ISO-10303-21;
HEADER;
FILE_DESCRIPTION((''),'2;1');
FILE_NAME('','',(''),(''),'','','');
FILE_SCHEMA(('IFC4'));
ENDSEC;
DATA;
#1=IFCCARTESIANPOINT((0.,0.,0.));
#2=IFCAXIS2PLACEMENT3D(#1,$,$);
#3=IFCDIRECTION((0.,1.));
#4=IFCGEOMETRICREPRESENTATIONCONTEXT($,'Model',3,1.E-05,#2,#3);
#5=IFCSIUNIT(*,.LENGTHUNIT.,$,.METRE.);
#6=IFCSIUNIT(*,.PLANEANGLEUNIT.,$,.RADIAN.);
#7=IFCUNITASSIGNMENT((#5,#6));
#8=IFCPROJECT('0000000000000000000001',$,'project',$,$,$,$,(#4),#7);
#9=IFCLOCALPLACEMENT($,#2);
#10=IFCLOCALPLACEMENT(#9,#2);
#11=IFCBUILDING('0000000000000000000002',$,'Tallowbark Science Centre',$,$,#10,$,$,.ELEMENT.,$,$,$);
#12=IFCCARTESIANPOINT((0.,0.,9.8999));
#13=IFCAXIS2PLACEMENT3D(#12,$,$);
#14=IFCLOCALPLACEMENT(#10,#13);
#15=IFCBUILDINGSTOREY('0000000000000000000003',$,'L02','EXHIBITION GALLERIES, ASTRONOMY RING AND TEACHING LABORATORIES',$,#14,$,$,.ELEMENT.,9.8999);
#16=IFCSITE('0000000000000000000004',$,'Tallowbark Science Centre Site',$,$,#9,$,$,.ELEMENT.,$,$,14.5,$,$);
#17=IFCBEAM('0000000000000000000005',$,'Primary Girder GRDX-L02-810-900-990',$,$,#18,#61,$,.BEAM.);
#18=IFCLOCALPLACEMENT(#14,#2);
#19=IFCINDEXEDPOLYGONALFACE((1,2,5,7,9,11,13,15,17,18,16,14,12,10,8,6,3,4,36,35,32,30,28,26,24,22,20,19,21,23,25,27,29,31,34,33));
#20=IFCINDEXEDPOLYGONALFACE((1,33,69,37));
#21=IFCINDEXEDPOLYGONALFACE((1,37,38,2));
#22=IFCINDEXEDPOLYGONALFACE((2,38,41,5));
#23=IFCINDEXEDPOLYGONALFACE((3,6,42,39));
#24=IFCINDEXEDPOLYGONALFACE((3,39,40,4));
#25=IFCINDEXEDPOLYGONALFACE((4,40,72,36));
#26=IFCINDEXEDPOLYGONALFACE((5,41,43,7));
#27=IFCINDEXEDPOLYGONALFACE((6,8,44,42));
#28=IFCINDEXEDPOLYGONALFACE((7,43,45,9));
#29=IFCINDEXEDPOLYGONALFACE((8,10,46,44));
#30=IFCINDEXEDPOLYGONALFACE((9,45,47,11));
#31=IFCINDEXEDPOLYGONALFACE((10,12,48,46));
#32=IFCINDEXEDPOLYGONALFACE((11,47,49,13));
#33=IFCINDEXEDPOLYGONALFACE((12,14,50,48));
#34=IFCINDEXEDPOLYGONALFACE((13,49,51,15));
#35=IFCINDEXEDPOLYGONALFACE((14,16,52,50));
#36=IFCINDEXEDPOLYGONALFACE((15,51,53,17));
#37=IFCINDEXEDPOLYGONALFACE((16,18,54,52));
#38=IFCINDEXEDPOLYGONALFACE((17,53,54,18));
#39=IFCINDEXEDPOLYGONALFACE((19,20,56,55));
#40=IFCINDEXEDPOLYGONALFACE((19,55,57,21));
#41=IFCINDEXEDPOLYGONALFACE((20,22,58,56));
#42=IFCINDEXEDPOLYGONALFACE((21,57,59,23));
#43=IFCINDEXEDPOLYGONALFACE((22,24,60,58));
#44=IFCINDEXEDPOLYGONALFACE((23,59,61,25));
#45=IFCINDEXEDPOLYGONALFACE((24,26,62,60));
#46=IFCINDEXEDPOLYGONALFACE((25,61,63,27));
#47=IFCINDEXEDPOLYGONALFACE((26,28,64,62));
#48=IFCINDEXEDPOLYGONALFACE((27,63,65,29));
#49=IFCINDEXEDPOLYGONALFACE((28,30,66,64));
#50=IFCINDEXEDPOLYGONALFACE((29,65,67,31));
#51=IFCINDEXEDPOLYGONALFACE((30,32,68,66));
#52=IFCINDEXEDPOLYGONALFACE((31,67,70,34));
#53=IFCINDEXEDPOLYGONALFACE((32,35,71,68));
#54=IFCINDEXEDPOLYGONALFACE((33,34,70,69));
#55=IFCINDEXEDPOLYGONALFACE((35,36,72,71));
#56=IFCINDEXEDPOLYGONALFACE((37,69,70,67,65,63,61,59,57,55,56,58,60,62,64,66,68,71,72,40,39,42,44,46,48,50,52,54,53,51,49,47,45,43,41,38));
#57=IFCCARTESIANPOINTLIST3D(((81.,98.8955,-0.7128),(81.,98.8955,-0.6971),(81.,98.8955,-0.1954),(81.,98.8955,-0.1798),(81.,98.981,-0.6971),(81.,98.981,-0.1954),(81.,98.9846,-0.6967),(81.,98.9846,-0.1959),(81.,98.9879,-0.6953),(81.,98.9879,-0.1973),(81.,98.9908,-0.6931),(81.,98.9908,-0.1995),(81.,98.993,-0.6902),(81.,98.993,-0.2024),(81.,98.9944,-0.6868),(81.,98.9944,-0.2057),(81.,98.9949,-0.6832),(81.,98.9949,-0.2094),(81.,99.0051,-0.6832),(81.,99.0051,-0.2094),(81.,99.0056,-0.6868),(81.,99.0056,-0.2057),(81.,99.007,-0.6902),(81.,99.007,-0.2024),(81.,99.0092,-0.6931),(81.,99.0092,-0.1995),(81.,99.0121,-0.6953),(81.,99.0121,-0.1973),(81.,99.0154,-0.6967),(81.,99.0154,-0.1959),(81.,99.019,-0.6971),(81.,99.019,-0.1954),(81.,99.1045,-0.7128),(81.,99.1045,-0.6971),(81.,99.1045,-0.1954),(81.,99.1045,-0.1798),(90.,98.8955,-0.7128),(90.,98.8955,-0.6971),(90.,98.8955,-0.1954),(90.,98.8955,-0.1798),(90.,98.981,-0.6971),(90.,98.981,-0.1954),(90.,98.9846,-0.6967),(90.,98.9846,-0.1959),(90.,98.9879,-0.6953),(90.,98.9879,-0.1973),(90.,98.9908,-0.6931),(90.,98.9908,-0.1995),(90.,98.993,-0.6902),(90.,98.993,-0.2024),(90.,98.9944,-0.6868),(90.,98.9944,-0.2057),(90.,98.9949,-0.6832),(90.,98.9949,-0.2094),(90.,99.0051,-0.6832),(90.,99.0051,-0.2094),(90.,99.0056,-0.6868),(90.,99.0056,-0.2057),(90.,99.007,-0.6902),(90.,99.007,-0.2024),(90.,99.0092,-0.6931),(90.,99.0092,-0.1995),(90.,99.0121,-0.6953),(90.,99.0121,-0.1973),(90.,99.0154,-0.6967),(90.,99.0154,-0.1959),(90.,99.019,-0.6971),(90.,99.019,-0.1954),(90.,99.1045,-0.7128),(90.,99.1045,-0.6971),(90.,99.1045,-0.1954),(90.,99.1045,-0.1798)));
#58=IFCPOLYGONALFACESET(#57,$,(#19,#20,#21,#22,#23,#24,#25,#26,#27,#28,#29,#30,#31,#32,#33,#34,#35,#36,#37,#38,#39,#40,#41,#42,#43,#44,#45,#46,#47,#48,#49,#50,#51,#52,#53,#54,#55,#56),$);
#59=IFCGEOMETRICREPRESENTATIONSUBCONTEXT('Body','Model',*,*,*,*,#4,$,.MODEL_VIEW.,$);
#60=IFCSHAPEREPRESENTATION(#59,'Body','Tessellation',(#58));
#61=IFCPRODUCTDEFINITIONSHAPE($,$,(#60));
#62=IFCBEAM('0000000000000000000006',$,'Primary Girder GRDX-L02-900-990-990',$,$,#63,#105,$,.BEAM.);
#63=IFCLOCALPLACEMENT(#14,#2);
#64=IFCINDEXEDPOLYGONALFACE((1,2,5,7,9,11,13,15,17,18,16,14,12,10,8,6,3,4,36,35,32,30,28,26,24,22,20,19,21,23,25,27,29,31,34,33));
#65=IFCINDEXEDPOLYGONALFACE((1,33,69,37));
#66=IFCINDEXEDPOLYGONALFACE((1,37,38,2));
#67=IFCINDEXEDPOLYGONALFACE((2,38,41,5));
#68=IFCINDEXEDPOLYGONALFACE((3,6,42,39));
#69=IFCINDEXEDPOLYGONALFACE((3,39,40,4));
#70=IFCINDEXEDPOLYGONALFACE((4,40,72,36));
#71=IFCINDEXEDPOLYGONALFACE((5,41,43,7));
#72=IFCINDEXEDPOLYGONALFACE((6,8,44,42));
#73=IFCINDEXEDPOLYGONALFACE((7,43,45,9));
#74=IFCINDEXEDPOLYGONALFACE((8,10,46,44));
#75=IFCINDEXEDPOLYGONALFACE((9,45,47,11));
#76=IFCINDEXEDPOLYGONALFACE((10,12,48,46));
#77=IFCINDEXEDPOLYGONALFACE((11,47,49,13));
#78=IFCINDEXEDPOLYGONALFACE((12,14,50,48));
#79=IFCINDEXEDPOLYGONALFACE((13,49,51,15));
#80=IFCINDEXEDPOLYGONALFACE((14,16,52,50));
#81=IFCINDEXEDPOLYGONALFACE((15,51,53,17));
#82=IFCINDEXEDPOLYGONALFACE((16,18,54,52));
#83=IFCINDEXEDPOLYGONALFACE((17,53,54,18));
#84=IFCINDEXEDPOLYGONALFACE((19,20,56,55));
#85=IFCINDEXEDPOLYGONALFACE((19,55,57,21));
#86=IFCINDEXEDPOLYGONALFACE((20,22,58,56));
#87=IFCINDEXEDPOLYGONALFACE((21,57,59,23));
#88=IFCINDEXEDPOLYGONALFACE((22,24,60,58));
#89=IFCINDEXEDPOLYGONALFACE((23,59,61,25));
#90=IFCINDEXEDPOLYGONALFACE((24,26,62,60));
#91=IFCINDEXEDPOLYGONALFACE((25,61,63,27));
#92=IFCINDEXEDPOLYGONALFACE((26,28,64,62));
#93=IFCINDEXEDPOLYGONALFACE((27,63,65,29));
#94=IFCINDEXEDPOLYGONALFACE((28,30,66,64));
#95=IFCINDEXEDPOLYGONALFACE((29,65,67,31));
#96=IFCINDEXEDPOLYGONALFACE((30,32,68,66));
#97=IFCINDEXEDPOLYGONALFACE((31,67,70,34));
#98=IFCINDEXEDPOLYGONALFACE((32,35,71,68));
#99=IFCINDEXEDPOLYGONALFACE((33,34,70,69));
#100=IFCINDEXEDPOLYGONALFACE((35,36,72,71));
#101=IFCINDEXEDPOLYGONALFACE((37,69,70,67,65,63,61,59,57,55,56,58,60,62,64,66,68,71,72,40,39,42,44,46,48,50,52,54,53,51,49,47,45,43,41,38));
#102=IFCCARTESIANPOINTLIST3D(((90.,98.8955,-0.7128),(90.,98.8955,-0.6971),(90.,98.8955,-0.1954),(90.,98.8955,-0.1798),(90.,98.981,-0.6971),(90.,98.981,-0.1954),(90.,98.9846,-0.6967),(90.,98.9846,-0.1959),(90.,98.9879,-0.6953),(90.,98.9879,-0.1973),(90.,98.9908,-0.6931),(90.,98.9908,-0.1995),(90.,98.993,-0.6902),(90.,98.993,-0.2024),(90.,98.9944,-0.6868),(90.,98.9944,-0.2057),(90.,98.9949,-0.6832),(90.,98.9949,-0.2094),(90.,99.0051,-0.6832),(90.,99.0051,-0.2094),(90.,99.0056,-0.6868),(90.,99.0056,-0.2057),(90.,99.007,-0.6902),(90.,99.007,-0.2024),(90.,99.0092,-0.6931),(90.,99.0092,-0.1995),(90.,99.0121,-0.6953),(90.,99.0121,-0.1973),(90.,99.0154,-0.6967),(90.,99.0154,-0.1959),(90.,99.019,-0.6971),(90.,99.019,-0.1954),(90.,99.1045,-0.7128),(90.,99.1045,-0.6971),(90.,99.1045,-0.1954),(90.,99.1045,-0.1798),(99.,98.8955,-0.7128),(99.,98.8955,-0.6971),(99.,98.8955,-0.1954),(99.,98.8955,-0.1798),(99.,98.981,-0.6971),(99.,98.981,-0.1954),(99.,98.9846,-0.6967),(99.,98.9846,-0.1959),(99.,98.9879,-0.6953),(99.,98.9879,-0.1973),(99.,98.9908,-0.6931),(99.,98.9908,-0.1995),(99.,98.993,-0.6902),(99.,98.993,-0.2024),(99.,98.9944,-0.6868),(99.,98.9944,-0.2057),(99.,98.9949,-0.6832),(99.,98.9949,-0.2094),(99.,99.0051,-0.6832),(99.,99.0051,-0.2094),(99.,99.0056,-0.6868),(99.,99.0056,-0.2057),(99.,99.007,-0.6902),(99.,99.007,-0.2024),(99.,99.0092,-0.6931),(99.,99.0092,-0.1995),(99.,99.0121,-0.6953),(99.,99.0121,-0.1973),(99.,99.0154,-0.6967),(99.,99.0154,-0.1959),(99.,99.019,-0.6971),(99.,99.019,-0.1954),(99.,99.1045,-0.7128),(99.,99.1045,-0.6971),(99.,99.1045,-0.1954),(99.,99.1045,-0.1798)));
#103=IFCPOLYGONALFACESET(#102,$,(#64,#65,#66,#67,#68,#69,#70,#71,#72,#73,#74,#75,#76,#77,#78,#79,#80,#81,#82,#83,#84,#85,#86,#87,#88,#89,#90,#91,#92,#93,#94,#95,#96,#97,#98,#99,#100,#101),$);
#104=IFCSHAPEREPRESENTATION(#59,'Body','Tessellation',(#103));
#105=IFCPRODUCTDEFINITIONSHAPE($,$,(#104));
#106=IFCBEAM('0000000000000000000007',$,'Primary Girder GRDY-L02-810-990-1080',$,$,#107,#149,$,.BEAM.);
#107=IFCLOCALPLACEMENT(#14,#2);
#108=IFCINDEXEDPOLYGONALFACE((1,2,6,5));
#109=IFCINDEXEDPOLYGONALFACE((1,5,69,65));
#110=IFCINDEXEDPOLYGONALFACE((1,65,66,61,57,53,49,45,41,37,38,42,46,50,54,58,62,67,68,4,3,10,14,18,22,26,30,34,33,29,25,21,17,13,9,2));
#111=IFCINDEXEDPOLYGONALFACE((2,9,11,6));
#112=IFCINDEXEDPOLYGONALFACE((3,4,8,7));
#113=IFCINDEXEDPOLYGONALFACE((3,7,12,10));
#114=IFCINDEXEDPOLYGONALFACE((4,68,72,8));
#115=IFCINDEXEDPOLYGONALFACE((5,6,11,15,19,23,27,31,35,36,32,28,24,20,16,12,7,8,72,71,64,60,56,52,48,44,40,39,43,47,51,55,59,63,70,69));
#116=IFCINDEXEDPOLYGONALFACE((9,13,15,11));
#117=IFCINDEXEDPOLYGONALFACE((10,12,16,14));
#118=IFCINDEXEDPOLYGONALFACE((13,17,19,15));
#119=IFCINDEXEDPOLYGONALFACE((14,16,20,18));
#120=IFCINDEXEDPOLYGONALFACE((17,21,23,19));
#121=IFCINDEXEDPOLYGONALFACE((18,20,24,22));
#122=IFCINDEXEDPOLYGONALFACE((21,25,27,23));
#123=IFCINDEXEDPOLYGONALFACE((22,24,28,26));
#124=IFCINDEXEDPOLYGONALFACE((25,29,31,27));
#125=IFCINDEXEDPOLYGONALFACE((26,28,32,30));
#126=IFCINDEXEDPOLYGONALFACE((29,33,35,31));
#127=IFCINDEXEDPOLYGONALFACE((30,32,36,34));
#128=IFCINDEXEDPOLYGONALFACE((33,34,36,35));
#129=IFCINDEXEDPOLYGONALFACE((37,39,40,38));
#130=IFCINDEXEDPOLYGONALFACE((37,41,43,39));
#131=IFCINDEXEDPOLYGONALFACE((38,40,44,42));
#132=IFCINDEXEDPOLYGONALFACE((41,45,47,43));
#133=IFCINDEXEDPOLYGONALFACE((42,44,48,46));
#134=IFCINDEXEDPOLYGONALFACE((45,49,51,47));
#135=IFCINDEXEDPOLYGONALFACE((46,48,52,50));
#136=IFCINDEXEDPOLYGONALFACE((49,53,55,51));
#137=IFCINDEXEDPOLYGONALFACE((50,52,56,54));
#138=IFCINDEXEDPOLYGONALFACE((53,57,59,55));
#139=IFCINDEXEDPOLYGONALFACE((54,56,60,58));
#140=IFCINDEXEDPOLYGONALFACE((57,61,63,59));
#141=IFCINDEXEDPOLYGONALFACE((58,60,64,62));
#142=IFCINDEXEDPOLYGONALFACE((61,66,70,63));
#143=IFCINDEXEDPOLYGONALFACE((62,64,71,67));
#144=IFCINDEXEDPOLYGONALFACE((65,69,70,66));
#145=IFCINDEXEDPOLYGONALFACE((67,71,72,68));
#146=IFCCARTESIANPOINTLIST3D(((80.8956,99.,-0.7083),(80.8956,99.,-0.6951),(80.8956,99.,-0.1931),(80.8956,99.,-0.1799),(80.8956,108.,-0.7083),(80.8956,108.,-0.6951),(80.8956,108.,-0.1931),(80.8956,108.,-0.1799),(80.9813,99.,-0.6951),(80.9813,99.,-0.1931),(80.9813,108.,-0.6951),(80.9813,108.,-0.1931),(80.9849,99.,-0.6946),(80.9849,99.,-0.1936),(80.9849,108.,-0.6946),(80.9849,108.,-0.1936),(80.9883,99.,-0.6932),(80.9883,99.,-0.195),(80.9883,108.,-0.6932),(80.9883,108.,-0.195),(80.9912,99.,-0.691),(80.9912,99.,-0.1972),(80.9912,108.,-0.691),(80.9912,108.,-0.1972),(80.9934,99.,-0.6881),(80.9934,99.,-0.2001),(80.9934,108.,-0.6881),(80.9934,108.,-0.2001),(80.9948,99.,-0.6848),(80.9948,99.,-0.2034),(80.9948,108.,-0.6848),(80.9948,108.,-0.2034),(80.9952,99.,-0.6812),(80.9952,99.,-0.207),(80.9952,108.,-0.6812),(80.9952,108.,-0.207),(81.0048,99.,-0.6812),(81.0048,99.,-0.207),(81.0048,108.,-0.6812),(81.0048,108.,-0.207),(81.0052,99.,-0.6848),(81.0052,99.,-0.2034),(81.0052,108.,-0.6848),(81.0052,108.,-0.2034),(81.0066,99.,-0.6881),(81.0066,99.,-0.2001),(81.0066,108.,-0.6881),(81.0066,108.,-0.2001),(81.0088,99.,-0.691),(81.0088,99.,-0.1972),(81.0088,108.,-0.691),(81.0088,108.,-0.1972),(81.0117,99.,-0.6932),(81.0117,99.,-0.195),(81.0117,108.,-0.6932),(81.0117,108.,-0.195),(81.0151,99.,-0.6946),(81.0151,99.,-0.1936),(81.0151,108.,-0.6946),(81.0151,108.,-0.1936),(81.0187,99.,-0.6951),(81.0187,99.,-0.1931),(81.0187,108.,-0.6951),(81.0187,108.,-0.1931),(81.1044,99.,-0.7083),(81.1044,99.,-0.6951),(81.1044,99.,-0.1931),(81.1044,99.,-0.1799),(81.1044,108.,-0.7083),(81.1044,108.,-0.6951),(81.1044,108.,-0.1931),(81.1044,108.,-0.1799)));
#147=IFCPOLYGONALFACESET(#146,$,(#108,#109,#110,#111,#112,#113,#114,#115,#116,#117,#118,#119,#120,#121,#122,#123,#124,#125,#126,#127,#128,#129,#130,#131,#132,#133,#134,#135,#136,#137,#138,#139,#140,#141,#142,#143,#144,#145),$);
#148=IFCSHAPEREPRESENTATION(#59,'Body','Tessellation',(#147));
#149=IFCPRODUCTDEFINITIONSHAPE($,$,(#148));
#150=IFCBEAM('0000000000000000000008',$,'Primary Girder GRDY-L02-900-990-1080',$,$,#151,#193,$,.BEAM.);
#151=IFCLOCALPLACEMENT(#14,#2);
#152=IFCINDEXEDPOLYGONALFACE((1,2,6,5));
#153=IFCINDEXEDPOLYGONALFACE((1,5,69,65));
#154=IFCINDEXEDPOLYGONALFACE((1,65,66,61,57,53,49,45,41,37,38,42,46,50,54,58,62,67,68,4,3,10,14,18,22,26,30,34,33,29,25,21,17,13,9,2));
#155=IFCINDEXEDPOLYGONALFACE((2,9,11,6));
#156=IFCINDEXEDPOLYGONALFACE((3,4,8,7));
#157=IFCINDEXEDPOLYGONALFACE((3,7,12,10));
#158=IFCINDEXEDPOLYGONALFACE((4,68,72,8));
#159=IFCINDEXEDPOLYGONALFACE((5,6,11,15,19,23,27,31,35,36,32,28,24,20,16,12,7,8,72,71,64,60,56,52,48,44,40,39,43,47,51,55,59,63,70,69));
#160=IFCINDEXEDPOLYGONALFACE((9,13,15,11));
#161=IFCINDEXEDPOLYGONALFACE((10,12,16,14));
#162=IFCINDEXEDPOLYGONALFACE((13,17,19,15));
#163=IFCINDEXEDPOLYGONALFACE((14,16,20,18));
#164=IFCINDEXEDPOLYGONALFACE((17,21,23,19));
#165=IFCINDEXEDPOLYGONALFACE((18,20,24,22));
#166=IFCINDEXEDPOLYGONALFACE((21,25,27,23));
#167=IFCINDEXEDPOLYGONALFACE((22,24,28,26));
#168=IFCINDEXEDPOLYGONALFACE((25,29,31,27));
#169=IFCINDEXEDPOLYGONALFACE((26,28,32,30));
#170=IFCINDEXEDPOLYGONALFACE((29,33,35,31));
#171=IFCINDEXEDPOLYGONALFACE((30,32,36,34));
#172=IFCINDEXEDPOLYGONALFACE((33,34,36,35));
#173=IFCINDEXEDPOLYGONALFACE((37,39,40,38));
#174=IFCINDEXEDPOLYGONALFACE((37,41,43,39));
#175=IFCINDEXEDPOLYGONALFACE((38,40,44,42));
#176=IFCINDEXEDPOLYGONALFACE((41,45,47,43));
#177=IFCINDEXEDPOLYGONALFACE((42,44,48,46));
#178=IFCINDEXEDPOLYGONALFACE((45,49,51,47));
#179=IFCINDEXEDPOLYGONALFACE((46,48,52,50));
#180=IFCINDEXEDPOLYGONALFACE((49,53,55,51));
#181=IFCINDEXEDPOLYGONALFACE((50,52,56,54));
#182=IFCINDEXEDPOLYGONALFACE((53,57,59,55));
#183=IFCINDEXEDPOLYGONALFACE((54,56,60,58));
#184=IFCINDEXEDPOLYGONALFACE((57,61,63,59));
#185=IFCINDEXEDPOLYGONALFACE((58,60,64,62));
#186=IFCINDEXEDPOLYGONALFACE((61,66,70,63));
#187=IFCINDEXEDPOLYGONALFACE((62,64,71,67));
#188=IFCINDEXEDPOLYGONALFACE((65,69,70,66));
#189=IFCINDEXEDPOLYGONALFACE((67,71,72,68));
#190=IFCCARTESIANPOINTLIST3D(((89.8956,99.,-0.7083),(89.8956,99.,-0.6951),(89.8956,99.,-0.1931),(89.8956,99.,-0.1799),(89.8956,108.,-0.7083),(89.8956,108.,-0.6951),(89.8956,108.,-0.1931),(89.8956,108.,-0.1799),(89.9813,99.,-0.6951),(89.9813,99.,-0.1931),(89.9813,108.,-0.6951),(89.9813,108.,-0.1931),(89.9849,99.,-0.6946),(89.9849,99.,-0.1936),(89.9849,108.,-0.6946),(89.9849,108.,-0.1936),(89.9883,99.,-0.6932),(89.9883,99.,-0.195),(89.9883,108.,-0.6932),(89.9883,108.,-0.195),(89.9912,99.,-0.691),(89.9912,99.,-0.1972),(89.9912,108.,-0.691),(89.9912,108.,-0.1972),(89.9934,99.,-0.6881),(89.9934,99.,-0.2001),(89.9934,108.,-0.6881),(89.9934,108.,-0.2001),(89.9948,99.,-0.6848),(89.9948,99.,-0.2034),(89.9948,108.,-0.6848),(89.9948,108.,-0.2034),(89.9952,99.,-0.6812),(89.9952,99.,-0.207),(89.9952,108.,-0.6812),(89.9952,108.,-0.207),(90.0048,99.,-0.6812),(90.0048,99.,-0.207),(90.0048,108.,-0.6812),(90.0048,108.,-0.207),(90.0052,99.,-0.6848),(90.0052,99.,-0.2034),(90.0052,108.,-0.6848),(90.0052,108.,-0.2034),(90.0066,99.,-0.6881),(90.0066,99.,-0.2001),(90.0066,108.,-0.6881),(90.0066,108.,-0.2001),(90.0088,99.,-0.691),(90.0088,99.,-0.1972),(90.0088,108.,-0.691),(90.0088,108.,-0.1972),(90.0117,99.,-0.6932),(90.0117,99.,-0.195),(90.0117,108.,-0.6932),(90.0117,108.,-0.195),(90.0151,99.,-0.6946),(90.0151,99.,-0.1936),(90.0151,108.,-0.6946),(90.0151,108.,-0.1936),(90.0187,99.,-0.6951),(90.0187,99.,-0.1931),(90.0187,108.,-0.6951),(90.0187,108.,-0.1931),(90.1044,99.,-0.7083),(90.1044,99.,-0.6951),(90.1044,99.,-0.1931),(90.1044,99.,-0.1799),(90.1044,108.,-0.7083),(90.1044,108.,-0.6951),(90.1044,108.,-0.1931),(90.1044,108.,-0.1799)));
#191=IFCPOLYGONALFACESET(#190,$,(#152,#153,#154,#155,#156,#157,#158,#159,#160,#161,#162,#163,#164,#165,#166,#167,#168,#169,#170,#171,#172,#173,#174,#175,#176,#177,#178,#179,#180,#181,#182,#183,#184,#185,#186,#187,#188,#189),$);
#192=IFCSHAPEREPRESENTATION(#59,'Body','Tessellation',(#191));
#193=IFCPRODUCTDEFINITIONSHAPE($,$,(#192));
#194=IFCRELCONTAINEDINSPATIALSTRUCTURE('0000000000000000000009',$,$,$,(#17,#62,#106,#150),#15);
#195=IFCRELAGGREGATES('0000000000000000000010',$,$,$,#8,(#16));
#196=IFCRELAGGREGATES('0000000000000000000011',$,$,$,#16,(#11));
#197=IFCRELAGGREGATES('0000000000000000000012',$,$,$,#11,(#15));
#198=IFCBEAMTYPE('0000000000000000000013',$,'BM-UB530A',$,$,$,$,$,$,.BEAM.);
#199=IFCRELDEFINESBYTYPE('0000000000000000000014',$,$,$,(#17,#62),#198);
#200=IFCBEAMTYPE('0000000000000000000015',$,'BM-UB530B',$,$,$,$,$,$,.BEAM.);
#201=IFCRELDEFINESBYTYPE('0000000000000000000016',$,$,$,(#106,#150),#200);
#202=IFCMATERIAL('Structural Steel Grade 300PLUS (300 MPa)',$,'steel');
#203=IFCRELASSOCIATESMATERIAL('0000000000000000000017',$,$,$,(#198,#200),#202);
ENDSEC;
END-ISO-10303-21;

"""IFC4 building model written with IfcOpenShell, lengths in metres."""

from ifc_helpers import new_model, si_unit, direction, frame, origin, origin_2d, place, context, subcontext, project, spatial, i_section, extrude, material, material_profile, profile_set, type_object, element, save


model = new_model("IFC4")

# Units and contexts
model_context = context("Model", 3, precision=1e-05, world=origin(), true_north=direction((0.0, 1.0)))
body_context = subcontext(model_context, "Body", "Model", "MODEL_VIEW")
ifc_project = project(units=[si_unit("LENGTHUNIT", "METRE"), si_unit("PLANEANGLEUNIT", "RADIAN")], contexts=[model_context])

# Site, building, storey
site_placement = place(None, origin())
site = spatial("IfcSite", under=ifc_project, at=site_placement, Name="Tallowbark Science Centre Site", CompositionType="ELEMENT", RefElevation=14.5)
building_placement = place(site_placement, origin())
building = spatial("IfcBuilding", under=site, at=building_placement, Name="Tallowbark Science Centre", CompositionType="ELEMENT")
storey_placement = place(building_placement, frame((0.0, 0.0, 9.8999)))
storey = spatial("IfcBuildingStorey", under=building, at=storey_placement, Name="L02", Description="EXHIBITION GALLERIES, ASTRONOMY RING AND TEACHING LABORATORIES", CompositionType="ELEMENT", Elevation=9.8999)

# Shared definitions
ifc_material_1 = material(Name="Structural Steel Grade 300PLUS (300 MPa)", Category="steel")

# Beams
ifc_material_profile_1 = material_profile(ifc_material_1, i_section(OverallWidth=0.209, OverallDepth=0.533, WebThickness=0.0103, FlangeThickness=0.0156, FilletRadius=0.0139, at=origin_2d()), Name="530UB92.4")
ifc_profile_set_1 = profile_set([ifc_material_profile_1], Name="Structural Steel Grade 300PLUS (300 MPa)")
beam_type_1 = type_object("IfcBeamType", Name="BM-UB530A", PredefinedType="BEAM", material=ifc_profile_set_1)
for number, where, z_axis, x_axis, name in (
    (1, (81.0, 99.0, -0.4463), (1.0, 0.0, 0.0), (0.0, 1.0, 0.0), "Primary Girder GRDX-L02-810-900-990"),
    (2, (90.0, 99.0, -0.4463), (1.0, 0.0, 0.0), (0.0, 1.0, 0.0), "Primary Girder GRDX-L02-900-990-990"),
):
    element("IfcBeam", number, at=place(storey_placement, frame(where, z_axis=z_axis, x_axis=x_axis)), inside=storey, type_object=beam_type_1, Name=name, PredefinedType="BEAM", context=body_context, shape_type="SweptSolid", body=[
        extrude(i_section(OverallWidth=0.209, OverallDepth=0.533, WebThickness=0.0103, FlangeThickness=0.0156, FilletRadius=0.0139, at=origin_2d()), origin(), (0.0, 0.0, 1.0), 9.0),
    ])
ifc_material_profile_2 = material_profile(ifc_material_1, i_section(OverallWidth=0.2087, OverallDepth=0.5283, WebThickness=0.0095, FlangeThickness=0.0132, FilletRadius=0.0139, at=origin_2d()), Name="530UB82.0")
ifc_profile_set_2 = profile_set([ifc_material_profile_2], Name="Structural Steel Grade 300PLUS (300 MPa)")
beam_type_2 = type_object("IfcBeamType", Name="BM-UB530B", PredefinedType="BEAM", material=ifc_profile_set_2)
for number, where, z_axis, x_axis, name in (
    (3, (81.0, 99.0, -0.4441), (0.0, 1.0, 0.0), (-1.0, 0.0, 0.0), "Primary Girder GRDY-L02-810-990-1080"),
    (4, (90.0, 99.0, -0.4441), (0.0, 1.0, 0.0), (-1.0, 0.0, 0.0), "Primary Girder GRDY-L02-900-990-1080"),
):
    element("IfcBeam", number, at=place(storey_placement, frame(where, z_axis=z_axis, x_axis=x_axis)), inside=storey, type_object=beam_type_2, Name=name, PredefinedType="BEAM", context=body_context, shape_type="SweptSolid", body=[
        extrude(i_section(OverallWidth=0.2087, OverallDepth=0.5283, WebThickness=0.0095, FlangeThickness=0.0132, FilletRadius=0.0139, at=origin_2d()), origin(), (0.0, 0.0, 1.0), 9.0),
    ])

save(model, "model.ifc")
